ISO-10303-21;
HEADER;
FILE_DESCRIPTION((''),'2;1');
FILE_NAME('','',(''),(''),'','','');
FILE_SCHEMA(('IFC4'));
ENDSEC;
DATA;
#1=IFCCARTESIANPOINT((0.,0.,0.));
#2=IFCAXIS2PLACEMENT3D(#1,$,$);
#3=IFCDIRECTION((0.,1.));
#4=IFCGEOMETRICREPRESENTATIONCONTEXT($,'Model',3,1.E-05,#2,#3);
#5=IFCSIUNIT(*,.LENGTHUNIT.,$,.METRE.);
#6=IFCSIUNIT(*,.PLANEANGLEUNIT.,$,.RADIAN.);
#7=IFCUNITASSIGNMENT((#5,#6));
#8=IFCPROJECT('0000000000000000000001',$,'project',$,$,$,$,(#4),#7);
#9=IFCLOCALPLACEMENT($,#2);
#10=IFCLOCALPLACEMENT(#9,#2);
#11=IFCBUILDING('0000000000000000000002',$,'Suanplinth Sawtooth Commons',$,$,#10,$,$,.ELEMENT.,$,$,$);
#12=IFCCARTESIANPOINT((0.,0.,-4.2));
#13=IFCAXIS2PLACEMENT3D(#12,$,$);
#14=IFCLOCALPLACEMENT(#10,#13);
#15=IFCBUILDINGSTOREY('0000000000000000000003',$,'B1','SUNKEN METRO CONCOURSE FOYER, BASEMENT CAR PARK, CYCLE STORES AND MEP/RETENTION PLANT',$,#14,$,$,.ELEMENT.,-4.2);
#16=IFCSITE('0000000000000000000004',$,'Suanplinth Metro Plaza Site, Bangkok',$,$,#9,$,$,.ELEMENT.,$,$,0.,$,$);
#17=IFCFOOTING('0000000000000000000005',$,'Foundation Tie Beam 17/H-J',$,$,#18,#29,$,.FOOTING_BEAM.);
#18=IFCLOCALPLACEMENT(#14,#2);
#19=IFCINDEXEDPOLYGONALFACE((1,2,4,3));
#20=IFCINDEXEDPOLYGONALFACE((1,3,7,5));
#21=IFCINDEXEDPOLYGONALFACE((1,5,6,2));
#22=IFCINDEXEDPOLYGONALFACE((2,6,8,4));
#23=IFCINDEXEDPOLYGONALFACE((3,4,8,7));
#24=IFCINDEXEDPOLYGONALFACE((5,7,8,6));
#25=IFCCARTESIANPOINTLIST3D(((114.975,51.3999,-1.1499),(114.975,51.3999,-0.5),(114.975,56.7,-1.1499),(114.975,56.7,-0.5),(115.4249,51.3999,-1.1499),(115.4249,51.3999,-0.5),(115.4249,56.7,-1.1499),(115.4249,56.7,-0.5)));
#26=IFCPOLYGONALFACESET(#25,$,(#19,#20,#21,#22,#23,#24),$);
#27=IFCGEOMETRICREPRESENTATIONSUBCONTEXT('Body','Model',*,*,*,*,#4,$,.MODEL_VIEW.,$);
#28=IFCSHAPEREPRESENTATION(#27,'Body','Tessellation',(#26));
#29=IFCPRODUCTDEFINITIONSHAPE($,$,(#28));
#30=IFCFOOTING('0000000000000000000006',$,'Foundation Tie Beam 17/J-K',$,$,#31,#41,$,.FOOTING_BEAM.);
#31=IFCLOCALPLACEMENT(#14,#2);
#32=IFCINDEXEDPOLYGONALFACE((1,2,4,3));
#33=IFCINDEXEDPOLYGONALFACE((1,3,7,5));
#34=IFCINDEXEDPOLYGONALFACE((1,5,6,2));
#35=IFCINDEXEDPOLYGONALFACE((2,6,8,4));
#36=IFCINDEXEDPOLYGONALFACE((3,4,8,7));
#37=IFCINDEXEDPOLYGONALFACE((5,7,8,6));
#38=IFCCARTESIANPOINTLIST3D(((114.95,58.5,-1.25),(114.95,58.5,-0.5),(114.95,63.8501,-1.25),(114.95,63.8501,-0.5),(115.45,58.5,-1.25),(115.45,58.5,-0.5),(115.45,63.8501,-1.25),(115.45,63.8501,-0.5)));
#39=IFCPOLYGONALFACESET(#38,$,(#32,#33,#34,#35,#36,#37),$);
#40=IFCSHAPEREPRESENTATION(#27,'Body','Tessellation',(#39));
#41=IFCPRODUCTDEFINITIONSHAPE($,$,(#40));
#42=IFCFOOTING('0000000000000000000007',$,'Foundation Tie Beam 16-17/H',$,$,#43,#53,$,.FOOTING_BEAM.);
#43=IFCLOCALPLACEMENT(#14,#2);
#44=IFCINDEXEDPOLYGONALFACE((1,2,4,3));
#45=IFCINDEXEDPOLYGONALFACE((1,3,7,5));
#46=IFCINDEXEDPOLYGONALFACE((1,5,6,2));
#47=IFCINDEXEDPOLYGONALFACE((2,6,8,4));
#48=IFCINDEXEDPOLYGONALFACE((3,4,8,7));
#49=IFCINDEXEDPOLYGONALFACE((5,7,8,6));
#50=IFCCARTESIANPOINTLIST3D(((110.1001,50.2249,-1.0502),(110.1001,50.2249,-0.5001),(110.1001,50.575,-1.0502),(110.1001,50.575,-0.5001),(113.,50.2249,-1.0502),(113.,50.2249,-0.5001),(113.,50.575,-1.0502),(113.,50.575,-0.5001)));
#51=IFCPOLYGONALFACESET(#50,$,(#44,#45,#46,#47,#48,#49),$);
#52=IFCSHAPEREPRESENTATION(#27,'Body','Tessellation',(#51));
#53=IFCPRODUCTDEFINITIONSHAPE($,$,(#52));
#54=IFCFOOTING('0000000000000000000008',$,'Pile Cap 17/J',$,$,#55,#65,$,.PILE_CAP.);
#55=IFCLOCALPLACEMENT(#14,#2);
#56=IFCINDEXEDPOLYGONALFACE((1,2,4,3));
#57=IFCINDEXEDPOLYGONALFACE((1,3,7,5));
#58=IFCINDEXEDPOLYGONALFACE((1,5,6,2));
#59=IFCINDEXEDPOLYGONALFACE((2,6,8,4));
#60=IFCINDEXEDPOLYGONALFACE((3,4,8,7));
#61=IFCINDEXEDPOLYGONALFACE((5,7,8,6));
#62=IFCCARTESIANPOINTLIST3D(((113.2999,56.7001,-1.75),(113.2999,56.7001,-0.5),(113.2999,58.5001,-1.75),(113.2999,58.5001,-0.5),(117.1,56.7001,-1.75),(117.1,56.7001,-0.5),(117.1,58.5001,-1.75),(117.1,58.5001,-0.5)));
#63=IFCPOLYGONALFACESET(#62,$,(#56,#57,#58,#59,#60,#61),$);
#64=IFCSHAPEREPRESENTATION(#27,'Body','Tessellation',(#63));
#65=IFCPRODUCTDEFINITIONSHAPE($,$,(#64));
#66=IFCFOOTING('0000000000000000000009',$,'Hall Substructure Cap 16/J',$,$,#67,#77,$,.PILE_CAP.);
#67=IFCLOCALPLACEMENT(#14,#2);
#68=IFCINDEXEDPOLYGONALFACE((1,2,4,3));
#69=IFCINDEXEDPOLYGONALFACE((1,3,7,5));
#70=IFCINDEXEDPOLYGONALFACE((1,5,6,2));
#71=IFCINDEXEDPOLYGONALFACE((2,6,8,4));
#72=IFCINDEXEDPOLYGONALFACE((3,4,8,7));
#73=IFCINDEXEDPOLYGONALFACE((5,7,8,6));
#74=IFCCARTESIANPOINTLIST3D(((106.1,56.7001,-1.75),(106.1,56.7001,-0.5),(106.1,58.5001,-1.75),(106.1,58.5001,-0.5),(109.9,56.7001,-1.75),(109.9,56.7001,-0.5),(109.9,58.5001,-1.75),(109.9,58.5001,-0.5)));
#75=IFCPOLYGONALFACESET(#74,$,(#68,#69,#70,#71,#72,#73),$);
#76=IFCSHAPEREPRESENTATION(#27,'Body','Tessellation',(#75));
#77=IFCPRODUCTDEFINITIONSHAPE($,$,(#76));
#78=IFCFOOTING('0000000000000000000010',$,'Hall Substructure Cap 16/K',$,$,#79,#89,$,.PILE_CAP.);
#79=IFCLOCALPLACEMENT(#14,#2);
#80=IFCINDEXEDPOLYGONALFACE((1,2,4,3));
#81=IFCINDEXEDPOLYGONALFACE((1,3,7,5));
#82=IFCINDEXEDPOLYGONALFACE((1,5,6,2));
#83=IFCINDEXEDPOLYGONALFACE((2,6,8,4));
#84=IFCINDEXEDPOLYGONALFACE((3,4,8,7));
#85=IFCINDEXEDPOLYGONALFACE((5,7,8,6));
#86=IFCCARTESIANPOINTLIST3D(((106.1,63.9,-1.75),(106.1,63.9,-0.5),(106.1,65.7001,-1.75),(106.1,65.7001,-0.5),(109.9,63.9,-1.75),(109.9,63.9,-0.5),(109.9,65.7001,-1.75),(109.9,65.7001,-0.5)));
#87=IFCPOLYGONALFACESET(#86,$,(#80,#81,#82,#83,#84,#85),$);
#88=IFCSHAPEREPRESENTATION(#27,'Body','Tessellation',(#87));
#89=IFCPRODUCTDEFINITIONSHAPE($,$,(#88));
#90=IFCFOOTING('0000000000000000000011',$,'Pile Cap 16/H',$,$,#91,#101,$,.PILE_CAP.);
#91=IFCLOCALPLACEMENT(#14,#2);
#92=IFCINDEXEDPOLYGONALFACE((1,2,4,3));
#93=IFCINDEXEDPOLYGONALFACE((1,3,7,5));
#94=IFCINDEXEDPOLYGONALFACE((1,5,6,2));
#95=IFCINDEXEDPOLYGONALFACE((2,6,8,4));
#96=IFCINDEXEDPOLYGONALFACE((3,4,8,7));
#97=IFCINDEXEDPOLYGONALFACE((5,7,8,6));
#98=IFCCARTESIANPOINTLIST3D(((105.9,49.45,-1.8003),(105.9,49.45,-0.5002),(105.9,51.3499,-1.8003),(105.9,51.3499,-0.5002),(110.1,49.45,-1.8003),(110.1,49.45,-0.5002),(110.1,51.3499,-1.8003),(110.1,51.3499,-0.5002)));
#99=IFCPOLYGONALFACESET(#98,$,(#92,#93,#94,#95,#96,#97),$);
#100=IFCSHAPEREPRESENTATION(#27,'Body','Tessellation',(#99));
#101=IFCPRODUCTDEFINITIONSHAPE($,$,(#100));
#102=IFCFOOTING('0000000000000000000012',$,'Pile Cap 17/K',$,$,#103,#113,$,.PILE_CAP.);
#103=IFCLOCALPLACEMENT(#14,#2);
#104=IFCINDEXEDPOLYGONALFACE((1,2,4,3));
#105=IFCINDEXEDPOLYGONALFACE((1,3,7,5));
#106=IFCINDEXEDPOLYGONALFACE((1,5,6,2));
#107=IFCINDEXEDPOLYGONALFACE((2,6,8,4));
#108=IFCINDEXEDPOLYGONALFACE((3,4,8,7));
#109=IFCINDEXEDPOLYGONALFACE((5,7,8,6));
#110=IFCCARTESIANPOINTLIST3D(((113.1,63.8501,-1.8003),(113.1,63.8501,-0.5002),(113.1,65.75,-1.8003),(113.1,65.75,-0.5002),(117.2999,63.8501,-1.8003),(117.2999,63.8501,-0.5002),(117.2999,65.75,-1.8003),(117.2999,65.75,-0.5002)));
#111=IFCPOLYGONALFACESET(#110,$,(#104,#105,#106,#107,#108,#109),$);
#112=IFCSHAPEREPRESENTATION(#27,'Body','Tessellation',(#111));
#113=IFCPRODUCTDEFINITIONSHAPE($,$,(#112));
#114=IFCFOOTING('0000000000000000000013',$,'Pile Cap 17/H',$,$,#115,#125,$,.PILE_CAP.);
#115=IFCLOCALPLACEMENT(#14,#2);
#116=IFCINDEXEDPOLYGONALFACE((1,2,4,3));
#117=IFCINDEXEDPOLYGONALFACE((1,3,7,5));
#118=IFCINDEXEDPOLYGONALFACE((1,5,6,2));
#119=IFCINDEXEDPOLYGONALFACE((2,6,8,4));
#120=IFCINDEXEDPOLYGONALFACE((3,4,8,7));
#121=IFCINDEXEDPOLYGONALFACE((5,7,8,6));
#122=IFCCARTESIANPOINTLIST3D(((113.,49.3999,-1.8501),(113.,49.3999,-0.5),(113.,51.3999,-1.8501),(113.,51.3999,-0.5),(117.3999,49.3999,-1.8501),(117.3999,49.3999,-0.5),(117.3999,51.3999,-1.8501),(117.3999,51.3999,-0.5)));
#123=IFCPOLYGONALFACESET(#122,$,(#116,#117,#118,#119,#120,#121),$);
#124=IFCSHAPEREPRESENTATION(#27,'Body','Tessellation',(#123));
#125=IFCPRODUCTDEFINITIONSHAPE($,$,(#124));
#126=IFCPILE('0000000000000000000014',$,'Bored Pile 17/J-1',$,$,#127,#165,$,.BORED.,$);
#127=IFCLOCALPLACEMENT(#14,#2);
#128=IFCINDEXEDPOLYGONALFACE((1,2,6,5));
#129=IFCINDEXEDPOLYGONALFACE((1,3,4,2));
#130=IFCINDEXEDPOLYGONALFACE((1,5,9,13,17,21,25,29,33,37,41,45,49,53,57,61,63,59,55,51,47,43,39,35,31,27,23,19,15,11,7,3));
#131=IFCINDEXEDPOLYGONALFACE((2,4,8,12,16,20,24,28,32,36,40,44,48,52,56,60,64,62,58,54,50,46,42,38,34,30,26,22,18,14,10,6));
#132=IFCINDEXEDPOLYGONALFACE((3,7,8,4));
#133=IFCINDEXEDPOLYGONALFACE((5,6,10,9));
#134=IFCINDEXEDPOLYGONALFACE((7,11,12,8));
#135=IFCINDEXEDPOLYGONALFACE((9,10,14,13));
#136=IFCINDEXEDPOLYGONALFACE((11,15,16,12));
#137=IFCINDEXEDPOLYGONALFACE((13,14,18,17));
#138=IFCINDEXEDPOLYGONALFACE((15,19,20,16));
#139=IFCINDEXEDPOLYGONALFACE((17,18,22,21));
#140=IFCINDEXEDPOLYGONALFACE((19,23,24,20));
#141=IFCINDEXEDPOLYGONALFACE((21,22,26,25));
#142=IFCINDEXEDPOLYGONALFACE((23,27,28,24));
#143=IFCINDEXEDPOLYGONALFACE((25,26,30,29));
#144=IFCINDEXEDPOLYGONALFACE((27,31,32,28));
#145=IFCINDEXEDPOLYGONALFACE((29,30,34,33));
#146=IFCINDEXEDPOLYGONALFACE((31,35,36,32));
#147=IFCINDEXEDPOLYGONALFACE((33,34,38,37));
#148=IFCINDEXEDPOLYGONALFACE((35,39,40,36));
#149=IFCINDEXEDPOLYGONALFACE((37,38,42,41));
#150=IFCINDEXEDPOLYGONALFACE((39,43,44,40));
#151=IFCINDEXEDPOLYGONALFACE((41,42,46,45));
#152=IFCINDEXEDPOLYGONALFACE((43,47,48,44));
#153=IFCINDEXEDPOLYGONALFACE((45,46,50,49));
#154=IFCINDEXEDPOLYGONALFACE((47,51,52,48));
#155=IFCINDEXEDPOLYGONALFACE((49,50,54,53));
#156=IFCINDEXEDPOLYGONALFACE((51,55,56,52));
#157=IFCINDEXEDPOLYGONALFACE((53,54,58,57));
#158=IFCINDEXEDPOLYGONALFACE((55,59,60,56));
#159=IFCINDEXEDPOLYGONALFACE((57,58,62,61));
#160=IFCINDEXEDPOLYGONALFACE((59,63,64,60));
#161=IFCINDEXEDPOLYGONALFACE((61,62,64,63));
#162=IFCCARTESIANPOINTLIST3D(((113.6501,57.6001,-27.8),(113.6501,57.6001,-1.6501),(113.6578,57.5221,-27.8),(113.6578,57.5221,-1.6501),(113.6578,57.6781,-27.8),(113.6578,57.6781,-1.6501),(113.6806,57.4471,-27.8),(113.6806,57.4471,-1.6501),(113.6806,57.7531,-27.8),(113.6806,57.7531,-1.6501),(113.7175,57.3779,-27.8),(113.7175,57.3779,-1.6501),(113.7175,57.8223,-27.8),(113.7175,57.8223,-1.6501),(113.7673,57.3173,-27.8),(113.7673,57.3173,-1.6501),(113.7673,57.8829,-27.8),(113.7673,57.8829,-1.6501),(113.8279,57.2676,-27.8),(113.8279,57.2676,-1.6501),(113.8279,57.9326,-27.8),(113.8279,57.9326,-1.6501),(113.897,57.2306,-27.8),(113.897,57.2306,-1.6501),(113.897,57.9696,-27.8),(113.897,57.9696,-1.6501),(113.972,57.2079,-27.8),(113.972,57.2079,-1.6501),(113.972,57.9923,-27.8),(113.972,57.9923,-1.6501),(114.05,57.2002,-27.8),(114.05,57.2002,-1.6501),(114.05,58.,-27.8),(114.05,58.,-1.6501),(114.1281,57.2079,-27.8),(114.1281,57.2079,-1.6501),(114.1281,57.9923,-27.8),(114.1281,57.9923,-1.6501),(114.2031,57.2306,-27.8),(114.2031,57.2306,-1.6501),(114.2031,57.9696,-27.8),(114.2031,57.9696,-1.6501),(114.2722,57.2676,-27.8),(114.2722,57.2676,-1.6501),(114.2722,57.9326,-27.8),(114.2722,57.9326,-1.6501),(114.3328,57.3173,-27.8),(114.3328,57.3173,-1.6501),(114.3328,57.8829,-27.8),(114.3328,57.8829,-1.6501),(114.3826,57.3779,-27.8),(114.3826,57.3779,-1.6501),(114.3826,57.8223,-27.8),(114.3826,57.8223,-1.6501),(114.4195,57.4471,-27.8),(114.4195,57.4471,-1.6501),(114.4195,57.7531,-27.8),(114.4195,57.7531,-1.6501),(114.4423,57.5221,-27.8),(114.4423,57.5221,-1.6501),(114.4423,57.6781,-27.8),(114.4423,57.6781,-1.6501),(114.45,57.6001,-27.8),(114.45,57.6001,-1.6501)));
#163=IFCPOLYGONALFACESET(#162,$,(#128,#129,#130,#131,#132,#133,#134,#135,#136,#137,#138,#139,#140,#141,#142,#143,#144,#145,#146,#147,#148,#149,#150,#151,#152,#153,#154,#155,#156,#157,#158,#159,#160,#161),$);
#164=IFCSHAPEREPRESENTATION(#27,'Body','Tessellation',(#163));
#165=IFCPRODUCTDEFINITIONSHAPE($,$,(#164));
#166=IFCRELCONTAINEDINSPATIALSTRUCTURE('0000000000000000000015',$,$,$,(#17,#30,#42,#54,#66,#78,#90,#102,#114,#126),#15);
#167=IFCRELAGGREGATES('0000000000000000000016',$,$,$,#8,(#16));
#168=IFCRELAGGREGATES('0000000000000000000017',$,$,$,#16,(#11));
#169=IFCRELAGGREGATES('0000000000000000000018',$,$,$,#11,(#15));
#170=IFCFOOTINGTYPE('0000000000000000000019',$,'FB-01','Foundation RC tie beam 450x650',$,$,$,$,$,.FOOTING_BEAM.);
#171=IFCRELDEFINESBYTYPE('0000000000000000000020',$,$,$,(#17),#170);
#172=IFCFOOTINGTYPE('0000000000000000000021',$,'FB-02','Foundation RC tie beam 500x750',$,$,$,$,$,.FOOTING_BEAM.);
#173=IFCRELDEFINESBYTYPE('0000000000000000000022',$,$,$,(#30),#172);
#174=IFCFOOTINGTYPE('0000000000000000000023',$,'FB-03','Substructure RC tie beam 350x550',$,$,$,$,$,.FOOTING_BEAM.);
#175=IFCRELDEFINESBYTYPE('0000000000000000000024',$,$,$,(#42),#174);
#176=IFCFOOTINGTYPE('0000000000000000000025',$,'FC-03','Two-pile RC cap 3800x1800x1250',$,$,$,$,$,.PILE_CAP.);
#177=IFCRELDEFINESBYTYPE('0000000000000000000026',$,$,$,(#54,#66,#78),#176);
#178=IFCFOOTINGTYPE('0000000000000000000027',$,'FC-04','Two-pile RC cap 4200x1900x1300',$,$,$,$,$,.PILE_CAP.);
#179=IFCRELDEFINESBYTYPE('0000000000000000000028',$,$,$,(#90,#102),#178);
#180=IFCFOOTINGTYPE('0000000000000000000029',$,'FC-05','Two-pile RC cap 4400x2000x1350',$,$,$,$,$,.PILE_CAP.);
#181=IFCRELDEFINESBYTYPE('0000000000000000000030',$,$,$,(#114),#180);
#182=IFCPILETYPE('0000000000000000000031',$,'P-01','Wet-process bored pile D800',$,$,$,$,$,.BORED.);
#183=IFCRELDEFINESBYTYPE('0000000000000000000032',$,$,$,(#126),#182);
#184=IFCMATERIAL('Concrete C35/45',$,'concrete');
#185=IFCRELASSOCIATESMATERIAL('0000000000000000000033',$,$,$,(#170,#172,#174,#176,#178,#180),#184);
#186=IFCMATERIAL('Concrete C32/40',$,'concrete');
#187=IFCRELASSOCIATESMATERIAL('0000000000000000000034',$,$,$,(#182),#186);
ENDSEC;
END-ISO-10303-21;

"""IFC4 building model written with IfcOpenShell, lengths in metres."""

from ifc_helpers import new_model, si_unit, direction, frame, origin, origin_2d, place, context, subcontext, project, spatial, rectangle, circle, extrude, material, material_profile, profile_set, type_object, element, save


model = new_model("IFC4")

# Units and contexts
model_context = context("Model", 3, precision=1e-05, world=origin(), true_north=direction((0.0, 1.0)))
body_context = subcontext(model_context, "Body", "Model", "MODEL_VIEW")
ifc_project = project(units=[si_unit("LENGTHUNIT", "METRE"), si_unit("PLANEANGLEUNIT", "RADIAN")], contexts=[model_context])

# Site, building, storey
site_placement = place(None, origin())
site = spatial("IfcSite", under=ifc_project, at=site_placement, Name="Suanplinth Metro Plaza Site, Bangkok", CompositionType="ELEMENT", RefElevation=0.0)
building_placement = place(site_placement, origin())
building = spatial("IfcBuilding", under=site, at=building_placement, Name="Suanplinth Sawtooth Commons", CompositionType="ELEMENT")
storey_placement = place(building_placement, frame((0.0, 0.0, -4.2)))
storey = spatial("IfcBuildingStorey", under=building, at=storey_placement, Name="B1", Description="SUNKEN METRO CONCOURSE FOYER, BASEMENT CAR PARK, CYCLE STORES AND MEP/RETENTION PLANT", CompositionType="ELEMENT", Elevation=-4.2)

# Footings
ifc_material_1 = material(Name="Concrete C35/45", Category="concrete")
ifc_material_profile_1 = material_profile(ifc_material_1, rectangle(XDim=0.45, YDim=0.6499, at=origin_2d()), Name="PC-GDR 450x650")
ifc_profile_set_1 = profile_set([ifc_material_profile_1], Name="Concrete C35/45")
footing_type_1 = type_object("IfcFootingType", Name="FB-01", Description="Foundation RC tie beam 450x650", PredefinedType="FOOTING_BEAM", material=ifc_profile_set_1)
footing_1_placement = place(storey_placement, frame((115.2, 51.3999, -0.825), z_axis=(0.0, 1.0, 0.0), x_axis=(-1.0, 0.0, 0.0)))
element("IfcFooting", 1, at=footing_1_placement, inside=storey, type_object=footing_type_1, Name="Foundation Tie Beam 17/H-J", PredefinedType="FOOTING_BEAM", context=body_context, shape_type="SweptSolid", body=[
    extrude(rectangle(XDim=0.45, YDim=0.6499, at=origin_2d()), origin(), (0.0, 0.0, 1.0), 5.3),
])
ifc_material_profile_2 = material_profile(ifc_material_1, rectangle(XDim=0.5, YDim=0.75, at=origin_2d()), Name="RC-GDR 500x750")
ifc_profile_set_2 = profile_set([ifc_material_profile_2], Name="Concrete C35/45")
footing_type_2 = type_object("IfcFootingType", Name="FB-02", Description="Foundation RC tie beam 500x750", PredefinedType="FOOTING_BEAM", material=ifc_profile_set_2)
footing_2_placement = place(storey_placement, frame((115.2, 58.5, -0.875), z_axis=(0.0, 1.0, 0.0), x_axis=(-1.0, 0.0, 0.0)))
element("IfcFooting", 2, at=footing_2_placement, inside=storey, type_object=footing_type_2, Name="Foundation Tie Beam 17/J-K", PredefinedType="FOOTING_BEAM", context=body_context, shape_type="SweptSolid", body=[
    extrude(rectangle(XDim=0.5, YDim=0.75, at=origin_2d()), origin(), (0.0, 0.0, 1.0), 5.3501),
])
ifc_material_profile_3 = material_profile(ifc_material_1, rectangle(XDim=0.3501, YDim=0.55, at=origin_2d()), Name="PC-BM 350x550")
ifc_profile_set_3 = profile_set([ifc_material_profile_3], Name="Concrete C35/45")
footing_type_3 = type_object("IfcFootingType", Name="FB-03", Description="Substructure RC tie beam 350x550", PredefinedType="FOOTING_BEAM", material=ifc_profile_set_3)
footing_3_placement = place(storey_placement, frame((110.1001, 50.3999, -0.7751), z_axis=(1.0, 0.0, 0.0), x_axis=(0.0, 1.0, 0.0)))
element("IfcFooting", 3, at=footing_3_placement, inside=storey, type_object=footing_type_3, Name="Foundation Tie Beam 16-17/H", PredefinedType="FOOTING_BEAM", context=body_context, shape_type="SweptSolid", body=[
    extrude(rectangle(XDim=0.3501, YDim=0.55, at=origin_2d()), origin(), (0.0, 0.0, 1.0), 2.8999),
])
footing_type_4 = type_object("IfcFootingType", Name="FC-03", Description="Two-pile RC cap 3800x1800x1250", PredefinedType="PILE_CAP", material=ifc_material_1)
for number, where, z_axis, x_axis, name in (
    (4, (115.2, 57.6001, -1.75), (0.0, 0.0, 1.0), (1.0, 0.0, 0.0), "Pile Cap 17/J"),
    (5, (108.0, 57.6001, -1.75), (0.0, 0.0, 1.0), (1.0, 0.0, 0.0), "Hall Substructure Cap 16/J"),
    (6, (108.0, 64.8, -1.75), (0.0, 0.0, 1.0), (1.0, 0.0, 0.0), "Hall Substructure Cap 16/K"),
):
    element("IfcFooting", number, at=place(storey_placement, frame(where, z_axis=z_axis, x_axis=x_axis)), inside=storey, type_object=footing_type_4, Name=name, PredefinedType="PILE_CAP", context=body_context, shape_type="SweptSolid", body=[
        extrude(rectangle(XDim=3.8, YDim=1.8, at=origin_2d()), origin(), (0.0, 0.0, 1.0), 1.25),
    ])
footing_type_5 = type_object("IfcFootingType", Name="FC-04", Description="Two-pile RC cap 4200x1900x1300", PredefinedType="PILE_CAP", material=ifc_material_1)
for number, where, z_axis, x_axis, name in (
    (7, (108.0, 50.3999, -1.8003), (0.0, 0.0, 1.0), (1.0, 0.0, 0.0), "Pile Cap 16/H"),
    (8, (115.2, 64.8, -1.8003), (0.0, 0.0, 1.0), (1.0, 0.0, 0.0), "Pile Cap 17/K"),
):
    element("IfcFooting", number, at=place(storey_placement, frame(where, z_axis=z_axis, x_axis=x_axis)), inside=storey, type_object=footing_type_5, Name=name, PredefinedType="PILE_CAP", context=body_context, shape_type="SweptSolid", body=[
        extrude(rectangle(XDim=4.2, YDim=1.8999, at=origin_2d()), origin(), (0.0, 0.0, 1.0), 1.3),
    ])
footing_type_6 = type_object("IfcFootingType", Name="FC-05", Description="Two-pile RC cap 4400x2000x1350", PredefinedType="PILE_CAP", material=ifc_material_1)
footing_4_placement = place(storey_placement, frame((115.2, 50.3999, -1.8501), z_axis=(0.0, 0.0, 1.0), x_axis=(1.0, 0.0, 0.0)))
element("IfcFooting", 9, at=footing_4_placement, inside=storey, type_object=footing_type_6, Name="Pile Cap 17/H", PredefinedType="PILE_CAP", context=body_context, shape_type="SweptSolid", body=[
    extrude(rectangle(XDim=4.3999, YDim=2.0, at=origin_2d()), origin(), (0.0, 0.0, 1.0), 1.3501),
])

# Pile
ifc_material_2 = material(Name="Concrete C32/40", Category="concrete")
ifc_material_profile_4 = material_profile(ifc_material_2, circle(Radius=0.3999, at=origin_2d()), Name="PILE D800")
ifc_profile_set_4 = profile_set([ifc_material_profile_4], Name="Concrete C32/40")
pile_type_1 = type_object("IfcPileType", Name="P-01", Description="Wet-process bored pile D800", PredefinedType="BORED", material=ifc_profile_set_4)
for number, where, z_axis, x_axis, name in (
    (10, (114.05, 57.6001, -1.6501), (0.0, 0.0, -1.0), (1.0, 0.0, 0.0), "Bored Pile 17/J-1"),
):
    element("IfcPile", number, at=place(storey_placement, frame(where, z_axis=z_axis, x_axis=x_axis)), inside=storey, type_object=pile_type_1, Name=name, PredefinedType="BORED", context=body_context, shape_type="SweptSolid", body=[
        extrude(circle(Radius=0.3999, at=origin_2d()), origin(), (0.0, 0.0, 1.0), 26.1499),
    ])

save(model, "model.ifc")
